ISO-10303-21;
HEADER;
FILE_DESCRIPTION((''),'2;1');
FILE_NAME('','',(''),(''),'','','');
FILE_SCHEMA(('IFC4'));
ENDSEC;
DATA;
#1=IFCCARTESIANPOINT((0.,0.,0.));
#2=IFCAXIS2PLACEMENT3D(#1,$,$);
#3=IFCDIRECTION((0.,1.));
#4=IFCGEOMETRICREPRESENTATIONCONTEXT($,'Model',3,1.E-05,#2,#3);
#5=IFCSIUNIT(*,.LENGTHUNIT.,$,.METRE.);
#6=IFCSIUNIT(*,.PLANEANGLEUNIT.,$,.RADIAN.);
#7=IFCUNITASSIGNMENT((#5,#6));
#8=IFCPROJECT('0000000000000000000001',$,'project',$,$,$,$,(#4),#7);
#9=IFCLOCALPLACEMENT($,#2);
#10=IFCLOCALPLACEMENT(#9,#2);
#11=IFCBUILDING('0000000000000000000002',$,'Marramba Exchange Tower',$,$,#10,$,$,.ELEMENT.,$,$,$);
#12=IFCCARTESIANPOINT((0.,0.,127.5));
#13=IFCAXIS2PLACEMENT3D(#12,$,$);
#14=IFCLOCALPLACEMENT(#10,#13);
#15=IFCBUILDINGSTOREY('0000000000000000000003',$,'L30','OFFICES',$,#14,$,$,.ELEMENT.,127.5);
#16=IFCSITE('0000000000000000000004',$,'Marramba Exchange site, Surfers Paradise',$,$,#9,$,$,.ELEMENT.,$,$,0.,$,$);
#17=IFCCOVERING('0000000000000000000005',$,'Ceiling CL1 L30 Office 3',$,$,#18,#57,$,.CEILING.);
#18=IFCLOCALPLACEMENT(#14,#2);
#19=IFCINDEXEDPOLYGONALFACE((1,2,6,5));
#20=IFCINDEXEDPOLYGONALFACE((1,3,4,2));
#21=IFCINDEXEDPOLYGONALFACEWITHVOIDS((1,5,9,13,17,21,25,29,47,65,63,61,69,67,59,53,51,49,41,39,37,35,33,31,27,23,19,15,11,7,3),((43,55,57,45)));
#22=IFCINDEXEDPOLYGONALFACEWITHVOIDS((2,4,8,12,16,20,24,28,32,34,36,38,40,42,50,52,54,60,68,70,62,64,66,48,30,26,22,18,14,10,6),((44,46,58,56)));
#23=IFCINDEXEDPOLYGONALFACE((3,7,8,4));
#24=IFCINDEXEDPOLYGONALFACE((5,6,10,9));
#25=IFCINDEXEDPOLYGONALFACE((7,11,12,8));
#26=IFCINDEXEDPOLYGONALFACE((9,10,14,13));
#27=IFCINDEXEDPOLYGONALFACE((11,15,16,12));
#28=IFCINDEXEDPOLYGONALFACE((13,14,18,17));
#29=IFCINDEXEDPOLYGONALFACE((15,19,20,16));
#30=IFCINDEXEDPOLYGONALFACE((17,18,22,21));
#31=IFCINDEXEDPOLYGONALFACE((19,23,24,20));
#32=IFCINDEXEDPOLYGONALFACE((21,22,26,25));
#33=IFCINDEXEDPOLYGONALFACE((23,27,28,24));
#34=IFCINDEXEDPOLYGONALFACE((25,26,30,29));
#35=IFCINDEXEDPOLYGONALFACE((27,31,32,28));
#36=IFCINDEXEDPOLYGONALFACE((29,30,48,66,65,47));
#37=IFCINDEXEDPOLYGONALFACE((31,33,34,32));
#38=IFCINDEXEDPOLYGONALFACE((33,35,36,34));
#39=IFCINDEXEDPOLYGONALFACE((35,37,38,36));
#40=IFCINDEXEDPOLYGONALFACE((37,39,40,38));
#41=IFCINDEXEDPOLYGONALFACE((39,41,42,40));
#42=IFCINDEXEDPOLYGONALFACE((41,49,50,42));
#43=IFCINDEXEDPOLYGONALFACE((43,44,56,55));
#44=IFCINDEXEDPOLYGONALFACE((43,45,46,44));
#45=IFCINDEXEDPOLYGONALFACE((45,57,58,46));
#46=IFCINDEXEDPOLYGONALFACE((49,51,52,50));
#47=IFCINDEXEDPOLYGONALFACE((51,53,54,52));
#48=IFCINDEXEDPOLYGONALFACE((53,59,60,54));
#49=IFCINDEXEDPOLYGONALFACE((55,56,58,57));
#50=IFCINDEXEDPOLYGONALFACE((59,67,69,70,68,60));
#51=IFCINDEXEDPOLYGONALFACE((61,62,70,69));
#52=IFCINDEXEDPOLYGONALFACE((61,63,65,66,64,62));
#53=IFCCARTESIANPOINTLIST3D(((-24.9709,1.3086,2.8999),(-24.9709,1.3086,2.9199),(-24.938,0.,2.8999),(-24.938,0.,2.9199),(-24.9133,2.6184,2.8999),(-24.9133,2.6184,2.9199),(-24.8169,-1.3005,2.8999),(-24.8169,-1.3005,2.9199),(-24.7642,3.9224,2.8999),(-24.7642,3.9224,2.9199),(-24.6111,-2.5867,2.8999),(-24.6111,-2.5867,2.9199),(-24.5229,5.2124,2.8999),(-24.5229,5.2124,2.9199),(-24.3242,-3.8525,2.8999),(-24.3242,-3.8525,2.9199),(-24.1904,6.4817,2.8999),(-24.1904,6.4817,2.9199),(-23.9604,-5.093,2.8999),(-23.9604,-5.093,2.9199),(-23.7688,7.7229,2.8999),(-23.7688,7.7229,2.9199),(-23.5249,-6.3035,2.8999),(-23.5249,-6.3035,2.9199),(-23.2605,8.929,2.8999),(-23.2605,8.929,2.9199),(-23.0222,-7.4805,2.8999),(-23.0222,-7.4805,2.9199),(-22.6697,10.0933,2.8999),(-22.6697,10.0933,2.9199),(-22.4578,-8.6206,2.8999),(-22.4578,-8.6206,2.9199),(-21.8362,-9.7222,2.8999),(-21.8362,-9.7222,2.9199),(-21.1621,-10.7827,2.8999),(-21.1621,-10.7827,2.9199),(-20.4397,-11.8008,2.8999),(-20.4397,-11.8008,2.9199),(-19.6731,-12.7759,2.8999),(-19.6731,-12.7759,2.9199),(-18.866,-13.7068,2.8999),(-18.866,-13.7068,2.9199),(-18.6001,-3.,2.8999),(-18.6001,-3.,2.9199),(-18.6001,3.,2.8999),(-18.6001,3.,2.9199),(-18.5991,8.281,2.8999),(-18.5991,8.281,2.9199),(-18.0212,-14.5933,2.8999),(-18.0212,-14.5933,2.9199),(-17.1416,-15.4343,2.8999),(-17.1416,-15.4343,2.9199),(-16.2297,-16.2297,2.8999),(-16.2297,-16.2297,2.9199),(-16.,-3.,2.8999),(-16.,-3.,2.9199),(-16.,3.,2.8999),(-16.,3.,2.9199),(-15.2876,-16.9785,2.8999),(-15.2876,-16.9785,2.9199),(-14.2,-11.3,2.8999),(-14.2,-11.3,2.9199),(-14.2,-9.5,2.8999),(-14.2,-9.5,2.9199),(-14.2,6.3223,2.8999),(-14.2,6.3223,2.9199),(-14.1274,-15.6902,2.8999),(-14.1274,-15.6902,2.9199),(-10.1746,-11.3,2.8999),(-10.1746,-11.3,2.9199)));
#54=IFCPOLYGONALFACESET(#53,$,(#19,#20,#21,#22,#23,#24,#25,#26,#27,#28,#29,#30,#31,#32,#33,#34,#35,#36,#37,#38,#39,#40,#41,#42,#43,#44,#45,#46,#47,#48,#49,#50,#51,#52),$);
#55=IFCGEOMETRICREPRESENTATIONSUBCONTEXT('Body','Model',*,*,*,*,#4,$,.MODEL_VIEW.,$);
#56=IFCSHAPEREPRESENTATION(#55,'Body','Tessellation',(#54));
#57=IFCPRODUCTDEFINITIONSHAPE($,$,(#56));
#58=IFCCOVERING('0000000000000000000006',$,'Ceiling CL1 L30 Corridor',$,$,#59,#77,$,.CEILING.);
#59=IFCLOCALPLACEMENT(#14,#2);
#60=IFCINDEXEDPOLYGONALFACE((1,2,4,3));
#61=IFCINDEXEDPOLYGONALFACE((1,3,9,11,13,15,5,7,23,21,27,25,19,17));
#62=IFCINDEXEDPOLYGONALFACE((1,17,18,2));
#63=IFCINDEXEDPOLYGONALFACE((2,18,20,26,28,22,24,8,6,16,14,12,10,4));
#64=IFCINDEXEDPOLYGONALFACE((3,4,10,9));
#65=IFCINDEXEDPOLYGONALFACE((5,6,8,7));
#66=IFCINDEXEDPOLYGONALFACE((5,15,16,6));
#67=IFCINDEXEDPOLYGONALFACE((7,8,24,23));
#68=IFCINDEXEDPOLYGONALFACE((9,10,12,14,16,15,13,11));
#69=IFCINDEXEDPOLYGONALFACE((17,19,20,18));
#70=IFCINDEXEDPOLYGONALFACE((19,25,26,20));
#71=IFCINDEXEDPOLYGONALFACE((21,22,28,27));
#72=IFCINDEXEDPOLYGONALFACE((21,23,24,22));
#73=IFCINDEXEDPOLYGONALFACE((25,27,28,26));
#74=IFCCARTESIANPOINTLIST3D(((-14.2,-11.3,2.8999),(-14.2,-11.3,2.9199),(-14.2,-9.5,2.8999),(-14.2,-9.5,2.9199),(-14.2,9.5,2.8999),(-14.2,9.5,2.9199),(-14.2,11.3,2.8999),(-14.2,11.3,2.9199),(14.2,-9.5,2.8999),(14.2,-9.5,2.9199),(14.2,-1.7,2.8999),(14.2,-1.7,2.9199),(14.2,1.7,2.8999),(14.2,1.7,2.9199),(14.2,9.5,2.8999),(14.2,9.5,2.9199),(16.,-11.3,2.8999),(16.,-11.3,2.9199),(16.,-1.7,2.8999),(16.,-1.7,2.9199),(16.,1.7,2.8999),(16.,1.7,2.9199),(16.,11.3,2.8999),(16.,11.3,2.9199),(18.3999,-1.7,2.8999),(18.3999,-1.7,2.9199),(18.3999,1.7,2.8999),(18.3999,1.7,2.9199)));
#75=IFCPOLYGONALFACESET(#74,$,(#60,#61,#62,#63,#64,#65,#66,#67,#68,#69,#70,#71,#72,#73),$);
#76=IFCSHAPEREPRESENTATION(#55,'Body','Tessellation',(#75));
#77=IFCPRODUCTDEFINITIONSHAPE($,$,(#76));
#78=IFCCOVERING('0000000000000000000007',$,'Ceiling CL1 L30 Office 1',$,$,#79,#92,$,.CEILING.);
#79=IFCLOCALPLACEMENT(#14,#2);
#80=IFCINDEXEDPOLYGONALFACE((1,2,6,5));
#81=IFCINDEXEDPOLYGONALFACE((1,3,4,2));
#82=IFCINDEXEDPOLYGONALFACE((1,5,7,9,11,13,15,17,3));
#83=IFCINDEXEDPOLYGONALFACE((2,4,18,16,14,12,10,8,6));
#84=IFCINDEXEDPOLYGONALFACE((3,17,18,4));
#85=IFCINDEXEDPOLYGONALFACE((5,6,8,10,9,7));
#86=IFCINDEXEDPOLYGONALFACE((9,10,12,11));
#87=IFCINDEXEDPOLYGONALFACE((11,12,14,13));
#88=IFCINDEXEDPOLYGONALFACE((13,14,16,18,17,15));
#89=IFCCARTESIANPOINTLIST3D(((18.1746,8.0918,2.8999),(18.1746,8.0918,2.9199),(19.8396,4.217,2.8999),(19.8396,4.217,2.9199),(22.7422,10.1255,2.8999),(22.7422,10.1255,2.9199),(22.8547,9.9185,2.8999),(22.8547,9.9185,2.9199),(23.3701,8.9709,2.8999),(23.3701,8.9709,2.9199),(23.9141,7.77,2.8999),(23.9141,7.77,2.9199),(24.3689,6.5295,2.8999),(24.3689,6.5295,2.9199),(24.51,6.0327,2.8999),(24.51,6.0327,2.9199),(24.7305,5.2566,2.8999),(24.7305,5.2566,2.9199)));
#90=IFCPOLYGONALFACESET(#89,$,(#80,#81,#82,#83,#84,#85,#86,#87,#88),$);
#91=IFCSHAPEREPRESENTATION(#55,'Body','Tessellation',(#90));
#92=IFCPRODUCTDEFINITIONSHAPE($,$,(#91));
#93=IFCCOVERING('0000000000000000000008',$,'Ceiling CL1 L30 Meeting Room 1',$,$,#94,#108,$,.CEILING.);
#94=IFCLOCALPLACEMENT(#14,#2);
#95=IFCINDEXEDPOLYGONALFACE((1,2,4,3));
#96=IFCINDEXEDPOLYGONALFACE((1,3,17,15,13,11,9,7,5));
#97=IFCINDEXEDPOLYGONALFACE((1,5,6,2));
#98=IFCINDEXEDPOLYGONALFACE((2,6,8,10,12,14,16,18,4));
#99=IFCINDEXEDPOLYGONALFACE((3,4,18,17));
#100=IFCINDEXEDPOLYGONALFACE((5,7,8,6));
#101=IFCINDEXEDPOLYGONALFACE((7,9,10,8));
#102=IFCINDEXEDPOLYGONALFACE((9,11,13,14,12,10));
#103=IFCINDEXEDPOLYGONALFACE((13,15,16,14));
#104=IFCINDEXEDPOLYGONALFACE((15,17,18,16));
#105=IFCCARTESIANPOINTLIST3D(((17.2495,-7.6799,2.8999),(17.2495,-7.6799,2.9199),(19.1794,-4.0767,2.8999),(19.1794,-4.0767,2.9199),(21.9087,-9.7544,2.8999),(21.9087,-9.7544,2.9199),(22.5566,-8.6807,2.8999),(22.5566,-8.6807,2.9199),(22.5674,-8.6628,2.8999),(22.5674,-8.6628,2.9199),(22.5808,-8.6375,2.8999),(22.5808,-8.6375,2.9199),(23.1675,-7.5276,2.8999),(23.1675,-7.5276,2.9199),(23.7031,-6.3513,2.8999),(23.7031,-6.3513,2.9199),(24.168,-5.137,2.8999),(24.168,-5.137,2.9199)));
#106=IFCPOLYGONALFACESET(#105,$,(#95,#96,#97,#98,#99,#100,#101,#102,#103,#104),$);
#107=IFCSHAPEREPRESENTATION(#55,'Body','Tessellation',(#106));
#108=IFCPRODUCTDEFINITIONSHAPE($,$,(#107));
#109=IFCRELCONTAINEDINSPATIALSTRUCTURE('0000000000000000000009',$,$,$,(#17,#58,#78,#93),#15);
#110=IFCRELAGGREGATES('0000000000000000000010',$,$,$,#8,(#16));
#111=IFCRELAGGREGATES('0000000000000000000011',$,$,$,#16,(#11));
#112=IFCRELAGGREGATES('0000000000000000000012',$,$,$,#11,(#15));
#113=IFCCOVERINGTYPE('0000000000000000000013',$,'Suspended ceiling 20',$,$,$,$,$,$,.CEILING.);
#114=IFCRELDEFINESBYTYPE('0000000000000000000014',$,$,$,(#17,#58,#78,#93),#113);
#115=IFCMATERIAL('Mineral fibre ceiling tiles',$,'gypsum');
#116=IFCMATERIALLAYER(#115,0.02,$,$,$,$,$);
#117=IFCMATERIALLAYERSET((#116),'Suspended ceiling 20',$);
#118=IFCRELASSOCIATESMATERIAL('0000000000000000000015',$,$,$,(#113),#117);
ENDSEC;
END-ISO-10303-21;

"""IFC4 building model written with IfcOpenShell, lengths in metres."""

from ifc_helpers import new_model, si_unit, direction, frame, origin, place, context, subcontext, project, spatial, polyline, outline, extrude, material, layer, layer_set, type_object, element, save


model = new_model("IFC4")

# Units and contexts
model_context = context("Model", 3, precision=1e-05, world=origin(), true_north=direction((0.0, 1.0)))
body_context = subcontext(model_context, "Body", "Model", "MODEL_VIEW")
ifc_project = project(units=[si_unit("LENGTHUNIT", "METRE"), si_unit("PLANEANGLEUNIT", "RADIAN")], contexts=[model_context])

# Site, building, storey
site_placement = place(None, origin())
site = spatial("IfcSite", under=ifc_project, at=site_placement, Name="Marramba Exchange site, Surfers Paradise", CompositionType="ELEMENT", RefElevation=0.0)
building_placement = place(site_placement, origin())
building = spatial("IfcBuilding", under=site, at=building_placement, Name="Marramba Exchange Tower", CompositionType="ELEMENT")
storey_placement = place(building_placement, frame((0.0, 0.0, 127.5)))
storey = spatial("IfcBuildingStorey", under=building, at=storey_placement, Name="L30", Description="OFFICES", CompositionType="ELEMENT", Elevation=127.5)

# Coverings
ifc_material_1 = material(Name="Mineral fibre ceiling tiles", Category="gypsum")
ifc_layer_1 = layer(ifc_material_1, 0.02)
ifc_layer_set_1 = layer_set([ifc_layer_1], Name="Suspended ceiling 20")
covering_type = type_object("IfcCoveringType", Name="Suspended ceiling 20", PredefinedType="CEILING", material=ifc_layer_set_1)
covering_1_placement = place(storey_placement, frame((0.0, 0.0, 2.8999)))
element("IfcCovering", 1, at=covering_1_placement, inside=storey, type_object=covering_type, Name="Ceiling CL1 L30 Office 3", PredefinedType="CEILING", context=body_context, shape_type="SweptSolid", body=[
    extrude(outline(polyline([(-14.2, -9.5), (-14.2, -11.3), (-10.1746, -11.3), (-14.1274, -15.6902), (-15.2876, -16.9785), (-16.2297, -16.2297), (-17.1416, -15.4343), (-18.0212, -14.5933), (-18.866, -13.7068), (-19.6731, -12.7759), (-20.4397, -11.8008), (-21.1621, -10.7827), (-21.8362, -9.7222), (-22.4578, -8.6206), (-23.0222, -7.4805), (-23.5249, -6.3035), (-23.9604, -5.093), (-24.3242, -3.8525), (-24.6111, -2.5867), (-24.8169, -1.3005), (-24.938, 0.0), (-24.9709, 1.3086), (-24.9133, 2.6184), (-24.7642, 3.9224), (-24.5229, 5.2124), (-24.1904, 6.4817), (-23.7688, 7.7229), (-23.2605, 8.929), (-22.6697, 10.0933), (-18.5991, 8.281), (-14.2, 6.3223), (-14.2, -9.5)]), holes=[polyline([(-16.0, 3.0), (-18.6001, 3.0), (-18.6001, -3.0), (-16.0, -3.0), (-16.0, 3.0)])]), origin(), (0.0, 0.0, 1.0), 0.02),
])
covering_2_placement = place(storey_placement, frame((0.0, 0.0, 2.8999)))
element("IfcCovering", 2, at=covering_2_placement, inside=storey, type_object=covering_type, Name="Ceiling CL1 L30 Corridor", PredefinedType="CEILING", context=body_context, shape_type="SweptSolid", body=[
    extrude(outline(polyline([(18.3999, -1.7), (16.0, -1.7), (16.0, -11.3), (-14.2, -11.3), (-14.2, -9.5), (14.2, -9.5), (14.2, -1.7), (14.2, 1.7), (14.2, 9.5), (-14.2, 9.5), (-14.2, 11.3), (16.0, 11.3), (16.0, 1.7), (18.3999, 1.7), (18.3999, -1.7)])), origin(), (0.0, 0.0, 1.0), 0.02),
])
covering_3_placement = place(storey_placement, frame((0.0, 0.0, 2.8999)))
element("IfcCovering", 3, at=covering_3_placement, inside=storey, type_object=covering_type, Name="Ceiling CL1 L30 Office 1", PredefinedType="CEILING", context=body_context, shape_type="SweptSolid", body=[
    extrude(outline(polyline([(22.8547, 9.9185), (23.3701, 8.9709), (23.9141, 7.77), (24.3689, 6.5295), (24.51, 6.0327), (24.7305, 5.2566), (19.8396, 4.217), (18.1746, 8.0918), (22.7422, 10.1255), (22.8547, 9.9185)])), origin(), (0.0, 0.0, 1.0), 0.02),
])
covering_4_placement = place(storey_placement, frame((0.0, 0.0, 2.8999)))
element("IfcCovering", 4, at=covering_4_placement, inside=storey, type_object=covering_type, Name="Ceiling CL1 L30 Meeting Room 1", PredefinedType="CEILING", context=body_context, shape_type="SweptSolid", body=[
    extrude(outline(polyline([(23.7031, -6.3513), (23.1675, -7.5276), (22.5808, -8.6375), (22.5674, -8.6628), (22.5566, -8.6807), (21.9087, -9.7544), (17.2495, -7.6799), (19.1794, -4.0767), (24.168, -5.137), (23.7031, -6.3513)])), origin(), (0.0, 0.0, 1.0), 0.02),
])

save(model, "model.ifc")
